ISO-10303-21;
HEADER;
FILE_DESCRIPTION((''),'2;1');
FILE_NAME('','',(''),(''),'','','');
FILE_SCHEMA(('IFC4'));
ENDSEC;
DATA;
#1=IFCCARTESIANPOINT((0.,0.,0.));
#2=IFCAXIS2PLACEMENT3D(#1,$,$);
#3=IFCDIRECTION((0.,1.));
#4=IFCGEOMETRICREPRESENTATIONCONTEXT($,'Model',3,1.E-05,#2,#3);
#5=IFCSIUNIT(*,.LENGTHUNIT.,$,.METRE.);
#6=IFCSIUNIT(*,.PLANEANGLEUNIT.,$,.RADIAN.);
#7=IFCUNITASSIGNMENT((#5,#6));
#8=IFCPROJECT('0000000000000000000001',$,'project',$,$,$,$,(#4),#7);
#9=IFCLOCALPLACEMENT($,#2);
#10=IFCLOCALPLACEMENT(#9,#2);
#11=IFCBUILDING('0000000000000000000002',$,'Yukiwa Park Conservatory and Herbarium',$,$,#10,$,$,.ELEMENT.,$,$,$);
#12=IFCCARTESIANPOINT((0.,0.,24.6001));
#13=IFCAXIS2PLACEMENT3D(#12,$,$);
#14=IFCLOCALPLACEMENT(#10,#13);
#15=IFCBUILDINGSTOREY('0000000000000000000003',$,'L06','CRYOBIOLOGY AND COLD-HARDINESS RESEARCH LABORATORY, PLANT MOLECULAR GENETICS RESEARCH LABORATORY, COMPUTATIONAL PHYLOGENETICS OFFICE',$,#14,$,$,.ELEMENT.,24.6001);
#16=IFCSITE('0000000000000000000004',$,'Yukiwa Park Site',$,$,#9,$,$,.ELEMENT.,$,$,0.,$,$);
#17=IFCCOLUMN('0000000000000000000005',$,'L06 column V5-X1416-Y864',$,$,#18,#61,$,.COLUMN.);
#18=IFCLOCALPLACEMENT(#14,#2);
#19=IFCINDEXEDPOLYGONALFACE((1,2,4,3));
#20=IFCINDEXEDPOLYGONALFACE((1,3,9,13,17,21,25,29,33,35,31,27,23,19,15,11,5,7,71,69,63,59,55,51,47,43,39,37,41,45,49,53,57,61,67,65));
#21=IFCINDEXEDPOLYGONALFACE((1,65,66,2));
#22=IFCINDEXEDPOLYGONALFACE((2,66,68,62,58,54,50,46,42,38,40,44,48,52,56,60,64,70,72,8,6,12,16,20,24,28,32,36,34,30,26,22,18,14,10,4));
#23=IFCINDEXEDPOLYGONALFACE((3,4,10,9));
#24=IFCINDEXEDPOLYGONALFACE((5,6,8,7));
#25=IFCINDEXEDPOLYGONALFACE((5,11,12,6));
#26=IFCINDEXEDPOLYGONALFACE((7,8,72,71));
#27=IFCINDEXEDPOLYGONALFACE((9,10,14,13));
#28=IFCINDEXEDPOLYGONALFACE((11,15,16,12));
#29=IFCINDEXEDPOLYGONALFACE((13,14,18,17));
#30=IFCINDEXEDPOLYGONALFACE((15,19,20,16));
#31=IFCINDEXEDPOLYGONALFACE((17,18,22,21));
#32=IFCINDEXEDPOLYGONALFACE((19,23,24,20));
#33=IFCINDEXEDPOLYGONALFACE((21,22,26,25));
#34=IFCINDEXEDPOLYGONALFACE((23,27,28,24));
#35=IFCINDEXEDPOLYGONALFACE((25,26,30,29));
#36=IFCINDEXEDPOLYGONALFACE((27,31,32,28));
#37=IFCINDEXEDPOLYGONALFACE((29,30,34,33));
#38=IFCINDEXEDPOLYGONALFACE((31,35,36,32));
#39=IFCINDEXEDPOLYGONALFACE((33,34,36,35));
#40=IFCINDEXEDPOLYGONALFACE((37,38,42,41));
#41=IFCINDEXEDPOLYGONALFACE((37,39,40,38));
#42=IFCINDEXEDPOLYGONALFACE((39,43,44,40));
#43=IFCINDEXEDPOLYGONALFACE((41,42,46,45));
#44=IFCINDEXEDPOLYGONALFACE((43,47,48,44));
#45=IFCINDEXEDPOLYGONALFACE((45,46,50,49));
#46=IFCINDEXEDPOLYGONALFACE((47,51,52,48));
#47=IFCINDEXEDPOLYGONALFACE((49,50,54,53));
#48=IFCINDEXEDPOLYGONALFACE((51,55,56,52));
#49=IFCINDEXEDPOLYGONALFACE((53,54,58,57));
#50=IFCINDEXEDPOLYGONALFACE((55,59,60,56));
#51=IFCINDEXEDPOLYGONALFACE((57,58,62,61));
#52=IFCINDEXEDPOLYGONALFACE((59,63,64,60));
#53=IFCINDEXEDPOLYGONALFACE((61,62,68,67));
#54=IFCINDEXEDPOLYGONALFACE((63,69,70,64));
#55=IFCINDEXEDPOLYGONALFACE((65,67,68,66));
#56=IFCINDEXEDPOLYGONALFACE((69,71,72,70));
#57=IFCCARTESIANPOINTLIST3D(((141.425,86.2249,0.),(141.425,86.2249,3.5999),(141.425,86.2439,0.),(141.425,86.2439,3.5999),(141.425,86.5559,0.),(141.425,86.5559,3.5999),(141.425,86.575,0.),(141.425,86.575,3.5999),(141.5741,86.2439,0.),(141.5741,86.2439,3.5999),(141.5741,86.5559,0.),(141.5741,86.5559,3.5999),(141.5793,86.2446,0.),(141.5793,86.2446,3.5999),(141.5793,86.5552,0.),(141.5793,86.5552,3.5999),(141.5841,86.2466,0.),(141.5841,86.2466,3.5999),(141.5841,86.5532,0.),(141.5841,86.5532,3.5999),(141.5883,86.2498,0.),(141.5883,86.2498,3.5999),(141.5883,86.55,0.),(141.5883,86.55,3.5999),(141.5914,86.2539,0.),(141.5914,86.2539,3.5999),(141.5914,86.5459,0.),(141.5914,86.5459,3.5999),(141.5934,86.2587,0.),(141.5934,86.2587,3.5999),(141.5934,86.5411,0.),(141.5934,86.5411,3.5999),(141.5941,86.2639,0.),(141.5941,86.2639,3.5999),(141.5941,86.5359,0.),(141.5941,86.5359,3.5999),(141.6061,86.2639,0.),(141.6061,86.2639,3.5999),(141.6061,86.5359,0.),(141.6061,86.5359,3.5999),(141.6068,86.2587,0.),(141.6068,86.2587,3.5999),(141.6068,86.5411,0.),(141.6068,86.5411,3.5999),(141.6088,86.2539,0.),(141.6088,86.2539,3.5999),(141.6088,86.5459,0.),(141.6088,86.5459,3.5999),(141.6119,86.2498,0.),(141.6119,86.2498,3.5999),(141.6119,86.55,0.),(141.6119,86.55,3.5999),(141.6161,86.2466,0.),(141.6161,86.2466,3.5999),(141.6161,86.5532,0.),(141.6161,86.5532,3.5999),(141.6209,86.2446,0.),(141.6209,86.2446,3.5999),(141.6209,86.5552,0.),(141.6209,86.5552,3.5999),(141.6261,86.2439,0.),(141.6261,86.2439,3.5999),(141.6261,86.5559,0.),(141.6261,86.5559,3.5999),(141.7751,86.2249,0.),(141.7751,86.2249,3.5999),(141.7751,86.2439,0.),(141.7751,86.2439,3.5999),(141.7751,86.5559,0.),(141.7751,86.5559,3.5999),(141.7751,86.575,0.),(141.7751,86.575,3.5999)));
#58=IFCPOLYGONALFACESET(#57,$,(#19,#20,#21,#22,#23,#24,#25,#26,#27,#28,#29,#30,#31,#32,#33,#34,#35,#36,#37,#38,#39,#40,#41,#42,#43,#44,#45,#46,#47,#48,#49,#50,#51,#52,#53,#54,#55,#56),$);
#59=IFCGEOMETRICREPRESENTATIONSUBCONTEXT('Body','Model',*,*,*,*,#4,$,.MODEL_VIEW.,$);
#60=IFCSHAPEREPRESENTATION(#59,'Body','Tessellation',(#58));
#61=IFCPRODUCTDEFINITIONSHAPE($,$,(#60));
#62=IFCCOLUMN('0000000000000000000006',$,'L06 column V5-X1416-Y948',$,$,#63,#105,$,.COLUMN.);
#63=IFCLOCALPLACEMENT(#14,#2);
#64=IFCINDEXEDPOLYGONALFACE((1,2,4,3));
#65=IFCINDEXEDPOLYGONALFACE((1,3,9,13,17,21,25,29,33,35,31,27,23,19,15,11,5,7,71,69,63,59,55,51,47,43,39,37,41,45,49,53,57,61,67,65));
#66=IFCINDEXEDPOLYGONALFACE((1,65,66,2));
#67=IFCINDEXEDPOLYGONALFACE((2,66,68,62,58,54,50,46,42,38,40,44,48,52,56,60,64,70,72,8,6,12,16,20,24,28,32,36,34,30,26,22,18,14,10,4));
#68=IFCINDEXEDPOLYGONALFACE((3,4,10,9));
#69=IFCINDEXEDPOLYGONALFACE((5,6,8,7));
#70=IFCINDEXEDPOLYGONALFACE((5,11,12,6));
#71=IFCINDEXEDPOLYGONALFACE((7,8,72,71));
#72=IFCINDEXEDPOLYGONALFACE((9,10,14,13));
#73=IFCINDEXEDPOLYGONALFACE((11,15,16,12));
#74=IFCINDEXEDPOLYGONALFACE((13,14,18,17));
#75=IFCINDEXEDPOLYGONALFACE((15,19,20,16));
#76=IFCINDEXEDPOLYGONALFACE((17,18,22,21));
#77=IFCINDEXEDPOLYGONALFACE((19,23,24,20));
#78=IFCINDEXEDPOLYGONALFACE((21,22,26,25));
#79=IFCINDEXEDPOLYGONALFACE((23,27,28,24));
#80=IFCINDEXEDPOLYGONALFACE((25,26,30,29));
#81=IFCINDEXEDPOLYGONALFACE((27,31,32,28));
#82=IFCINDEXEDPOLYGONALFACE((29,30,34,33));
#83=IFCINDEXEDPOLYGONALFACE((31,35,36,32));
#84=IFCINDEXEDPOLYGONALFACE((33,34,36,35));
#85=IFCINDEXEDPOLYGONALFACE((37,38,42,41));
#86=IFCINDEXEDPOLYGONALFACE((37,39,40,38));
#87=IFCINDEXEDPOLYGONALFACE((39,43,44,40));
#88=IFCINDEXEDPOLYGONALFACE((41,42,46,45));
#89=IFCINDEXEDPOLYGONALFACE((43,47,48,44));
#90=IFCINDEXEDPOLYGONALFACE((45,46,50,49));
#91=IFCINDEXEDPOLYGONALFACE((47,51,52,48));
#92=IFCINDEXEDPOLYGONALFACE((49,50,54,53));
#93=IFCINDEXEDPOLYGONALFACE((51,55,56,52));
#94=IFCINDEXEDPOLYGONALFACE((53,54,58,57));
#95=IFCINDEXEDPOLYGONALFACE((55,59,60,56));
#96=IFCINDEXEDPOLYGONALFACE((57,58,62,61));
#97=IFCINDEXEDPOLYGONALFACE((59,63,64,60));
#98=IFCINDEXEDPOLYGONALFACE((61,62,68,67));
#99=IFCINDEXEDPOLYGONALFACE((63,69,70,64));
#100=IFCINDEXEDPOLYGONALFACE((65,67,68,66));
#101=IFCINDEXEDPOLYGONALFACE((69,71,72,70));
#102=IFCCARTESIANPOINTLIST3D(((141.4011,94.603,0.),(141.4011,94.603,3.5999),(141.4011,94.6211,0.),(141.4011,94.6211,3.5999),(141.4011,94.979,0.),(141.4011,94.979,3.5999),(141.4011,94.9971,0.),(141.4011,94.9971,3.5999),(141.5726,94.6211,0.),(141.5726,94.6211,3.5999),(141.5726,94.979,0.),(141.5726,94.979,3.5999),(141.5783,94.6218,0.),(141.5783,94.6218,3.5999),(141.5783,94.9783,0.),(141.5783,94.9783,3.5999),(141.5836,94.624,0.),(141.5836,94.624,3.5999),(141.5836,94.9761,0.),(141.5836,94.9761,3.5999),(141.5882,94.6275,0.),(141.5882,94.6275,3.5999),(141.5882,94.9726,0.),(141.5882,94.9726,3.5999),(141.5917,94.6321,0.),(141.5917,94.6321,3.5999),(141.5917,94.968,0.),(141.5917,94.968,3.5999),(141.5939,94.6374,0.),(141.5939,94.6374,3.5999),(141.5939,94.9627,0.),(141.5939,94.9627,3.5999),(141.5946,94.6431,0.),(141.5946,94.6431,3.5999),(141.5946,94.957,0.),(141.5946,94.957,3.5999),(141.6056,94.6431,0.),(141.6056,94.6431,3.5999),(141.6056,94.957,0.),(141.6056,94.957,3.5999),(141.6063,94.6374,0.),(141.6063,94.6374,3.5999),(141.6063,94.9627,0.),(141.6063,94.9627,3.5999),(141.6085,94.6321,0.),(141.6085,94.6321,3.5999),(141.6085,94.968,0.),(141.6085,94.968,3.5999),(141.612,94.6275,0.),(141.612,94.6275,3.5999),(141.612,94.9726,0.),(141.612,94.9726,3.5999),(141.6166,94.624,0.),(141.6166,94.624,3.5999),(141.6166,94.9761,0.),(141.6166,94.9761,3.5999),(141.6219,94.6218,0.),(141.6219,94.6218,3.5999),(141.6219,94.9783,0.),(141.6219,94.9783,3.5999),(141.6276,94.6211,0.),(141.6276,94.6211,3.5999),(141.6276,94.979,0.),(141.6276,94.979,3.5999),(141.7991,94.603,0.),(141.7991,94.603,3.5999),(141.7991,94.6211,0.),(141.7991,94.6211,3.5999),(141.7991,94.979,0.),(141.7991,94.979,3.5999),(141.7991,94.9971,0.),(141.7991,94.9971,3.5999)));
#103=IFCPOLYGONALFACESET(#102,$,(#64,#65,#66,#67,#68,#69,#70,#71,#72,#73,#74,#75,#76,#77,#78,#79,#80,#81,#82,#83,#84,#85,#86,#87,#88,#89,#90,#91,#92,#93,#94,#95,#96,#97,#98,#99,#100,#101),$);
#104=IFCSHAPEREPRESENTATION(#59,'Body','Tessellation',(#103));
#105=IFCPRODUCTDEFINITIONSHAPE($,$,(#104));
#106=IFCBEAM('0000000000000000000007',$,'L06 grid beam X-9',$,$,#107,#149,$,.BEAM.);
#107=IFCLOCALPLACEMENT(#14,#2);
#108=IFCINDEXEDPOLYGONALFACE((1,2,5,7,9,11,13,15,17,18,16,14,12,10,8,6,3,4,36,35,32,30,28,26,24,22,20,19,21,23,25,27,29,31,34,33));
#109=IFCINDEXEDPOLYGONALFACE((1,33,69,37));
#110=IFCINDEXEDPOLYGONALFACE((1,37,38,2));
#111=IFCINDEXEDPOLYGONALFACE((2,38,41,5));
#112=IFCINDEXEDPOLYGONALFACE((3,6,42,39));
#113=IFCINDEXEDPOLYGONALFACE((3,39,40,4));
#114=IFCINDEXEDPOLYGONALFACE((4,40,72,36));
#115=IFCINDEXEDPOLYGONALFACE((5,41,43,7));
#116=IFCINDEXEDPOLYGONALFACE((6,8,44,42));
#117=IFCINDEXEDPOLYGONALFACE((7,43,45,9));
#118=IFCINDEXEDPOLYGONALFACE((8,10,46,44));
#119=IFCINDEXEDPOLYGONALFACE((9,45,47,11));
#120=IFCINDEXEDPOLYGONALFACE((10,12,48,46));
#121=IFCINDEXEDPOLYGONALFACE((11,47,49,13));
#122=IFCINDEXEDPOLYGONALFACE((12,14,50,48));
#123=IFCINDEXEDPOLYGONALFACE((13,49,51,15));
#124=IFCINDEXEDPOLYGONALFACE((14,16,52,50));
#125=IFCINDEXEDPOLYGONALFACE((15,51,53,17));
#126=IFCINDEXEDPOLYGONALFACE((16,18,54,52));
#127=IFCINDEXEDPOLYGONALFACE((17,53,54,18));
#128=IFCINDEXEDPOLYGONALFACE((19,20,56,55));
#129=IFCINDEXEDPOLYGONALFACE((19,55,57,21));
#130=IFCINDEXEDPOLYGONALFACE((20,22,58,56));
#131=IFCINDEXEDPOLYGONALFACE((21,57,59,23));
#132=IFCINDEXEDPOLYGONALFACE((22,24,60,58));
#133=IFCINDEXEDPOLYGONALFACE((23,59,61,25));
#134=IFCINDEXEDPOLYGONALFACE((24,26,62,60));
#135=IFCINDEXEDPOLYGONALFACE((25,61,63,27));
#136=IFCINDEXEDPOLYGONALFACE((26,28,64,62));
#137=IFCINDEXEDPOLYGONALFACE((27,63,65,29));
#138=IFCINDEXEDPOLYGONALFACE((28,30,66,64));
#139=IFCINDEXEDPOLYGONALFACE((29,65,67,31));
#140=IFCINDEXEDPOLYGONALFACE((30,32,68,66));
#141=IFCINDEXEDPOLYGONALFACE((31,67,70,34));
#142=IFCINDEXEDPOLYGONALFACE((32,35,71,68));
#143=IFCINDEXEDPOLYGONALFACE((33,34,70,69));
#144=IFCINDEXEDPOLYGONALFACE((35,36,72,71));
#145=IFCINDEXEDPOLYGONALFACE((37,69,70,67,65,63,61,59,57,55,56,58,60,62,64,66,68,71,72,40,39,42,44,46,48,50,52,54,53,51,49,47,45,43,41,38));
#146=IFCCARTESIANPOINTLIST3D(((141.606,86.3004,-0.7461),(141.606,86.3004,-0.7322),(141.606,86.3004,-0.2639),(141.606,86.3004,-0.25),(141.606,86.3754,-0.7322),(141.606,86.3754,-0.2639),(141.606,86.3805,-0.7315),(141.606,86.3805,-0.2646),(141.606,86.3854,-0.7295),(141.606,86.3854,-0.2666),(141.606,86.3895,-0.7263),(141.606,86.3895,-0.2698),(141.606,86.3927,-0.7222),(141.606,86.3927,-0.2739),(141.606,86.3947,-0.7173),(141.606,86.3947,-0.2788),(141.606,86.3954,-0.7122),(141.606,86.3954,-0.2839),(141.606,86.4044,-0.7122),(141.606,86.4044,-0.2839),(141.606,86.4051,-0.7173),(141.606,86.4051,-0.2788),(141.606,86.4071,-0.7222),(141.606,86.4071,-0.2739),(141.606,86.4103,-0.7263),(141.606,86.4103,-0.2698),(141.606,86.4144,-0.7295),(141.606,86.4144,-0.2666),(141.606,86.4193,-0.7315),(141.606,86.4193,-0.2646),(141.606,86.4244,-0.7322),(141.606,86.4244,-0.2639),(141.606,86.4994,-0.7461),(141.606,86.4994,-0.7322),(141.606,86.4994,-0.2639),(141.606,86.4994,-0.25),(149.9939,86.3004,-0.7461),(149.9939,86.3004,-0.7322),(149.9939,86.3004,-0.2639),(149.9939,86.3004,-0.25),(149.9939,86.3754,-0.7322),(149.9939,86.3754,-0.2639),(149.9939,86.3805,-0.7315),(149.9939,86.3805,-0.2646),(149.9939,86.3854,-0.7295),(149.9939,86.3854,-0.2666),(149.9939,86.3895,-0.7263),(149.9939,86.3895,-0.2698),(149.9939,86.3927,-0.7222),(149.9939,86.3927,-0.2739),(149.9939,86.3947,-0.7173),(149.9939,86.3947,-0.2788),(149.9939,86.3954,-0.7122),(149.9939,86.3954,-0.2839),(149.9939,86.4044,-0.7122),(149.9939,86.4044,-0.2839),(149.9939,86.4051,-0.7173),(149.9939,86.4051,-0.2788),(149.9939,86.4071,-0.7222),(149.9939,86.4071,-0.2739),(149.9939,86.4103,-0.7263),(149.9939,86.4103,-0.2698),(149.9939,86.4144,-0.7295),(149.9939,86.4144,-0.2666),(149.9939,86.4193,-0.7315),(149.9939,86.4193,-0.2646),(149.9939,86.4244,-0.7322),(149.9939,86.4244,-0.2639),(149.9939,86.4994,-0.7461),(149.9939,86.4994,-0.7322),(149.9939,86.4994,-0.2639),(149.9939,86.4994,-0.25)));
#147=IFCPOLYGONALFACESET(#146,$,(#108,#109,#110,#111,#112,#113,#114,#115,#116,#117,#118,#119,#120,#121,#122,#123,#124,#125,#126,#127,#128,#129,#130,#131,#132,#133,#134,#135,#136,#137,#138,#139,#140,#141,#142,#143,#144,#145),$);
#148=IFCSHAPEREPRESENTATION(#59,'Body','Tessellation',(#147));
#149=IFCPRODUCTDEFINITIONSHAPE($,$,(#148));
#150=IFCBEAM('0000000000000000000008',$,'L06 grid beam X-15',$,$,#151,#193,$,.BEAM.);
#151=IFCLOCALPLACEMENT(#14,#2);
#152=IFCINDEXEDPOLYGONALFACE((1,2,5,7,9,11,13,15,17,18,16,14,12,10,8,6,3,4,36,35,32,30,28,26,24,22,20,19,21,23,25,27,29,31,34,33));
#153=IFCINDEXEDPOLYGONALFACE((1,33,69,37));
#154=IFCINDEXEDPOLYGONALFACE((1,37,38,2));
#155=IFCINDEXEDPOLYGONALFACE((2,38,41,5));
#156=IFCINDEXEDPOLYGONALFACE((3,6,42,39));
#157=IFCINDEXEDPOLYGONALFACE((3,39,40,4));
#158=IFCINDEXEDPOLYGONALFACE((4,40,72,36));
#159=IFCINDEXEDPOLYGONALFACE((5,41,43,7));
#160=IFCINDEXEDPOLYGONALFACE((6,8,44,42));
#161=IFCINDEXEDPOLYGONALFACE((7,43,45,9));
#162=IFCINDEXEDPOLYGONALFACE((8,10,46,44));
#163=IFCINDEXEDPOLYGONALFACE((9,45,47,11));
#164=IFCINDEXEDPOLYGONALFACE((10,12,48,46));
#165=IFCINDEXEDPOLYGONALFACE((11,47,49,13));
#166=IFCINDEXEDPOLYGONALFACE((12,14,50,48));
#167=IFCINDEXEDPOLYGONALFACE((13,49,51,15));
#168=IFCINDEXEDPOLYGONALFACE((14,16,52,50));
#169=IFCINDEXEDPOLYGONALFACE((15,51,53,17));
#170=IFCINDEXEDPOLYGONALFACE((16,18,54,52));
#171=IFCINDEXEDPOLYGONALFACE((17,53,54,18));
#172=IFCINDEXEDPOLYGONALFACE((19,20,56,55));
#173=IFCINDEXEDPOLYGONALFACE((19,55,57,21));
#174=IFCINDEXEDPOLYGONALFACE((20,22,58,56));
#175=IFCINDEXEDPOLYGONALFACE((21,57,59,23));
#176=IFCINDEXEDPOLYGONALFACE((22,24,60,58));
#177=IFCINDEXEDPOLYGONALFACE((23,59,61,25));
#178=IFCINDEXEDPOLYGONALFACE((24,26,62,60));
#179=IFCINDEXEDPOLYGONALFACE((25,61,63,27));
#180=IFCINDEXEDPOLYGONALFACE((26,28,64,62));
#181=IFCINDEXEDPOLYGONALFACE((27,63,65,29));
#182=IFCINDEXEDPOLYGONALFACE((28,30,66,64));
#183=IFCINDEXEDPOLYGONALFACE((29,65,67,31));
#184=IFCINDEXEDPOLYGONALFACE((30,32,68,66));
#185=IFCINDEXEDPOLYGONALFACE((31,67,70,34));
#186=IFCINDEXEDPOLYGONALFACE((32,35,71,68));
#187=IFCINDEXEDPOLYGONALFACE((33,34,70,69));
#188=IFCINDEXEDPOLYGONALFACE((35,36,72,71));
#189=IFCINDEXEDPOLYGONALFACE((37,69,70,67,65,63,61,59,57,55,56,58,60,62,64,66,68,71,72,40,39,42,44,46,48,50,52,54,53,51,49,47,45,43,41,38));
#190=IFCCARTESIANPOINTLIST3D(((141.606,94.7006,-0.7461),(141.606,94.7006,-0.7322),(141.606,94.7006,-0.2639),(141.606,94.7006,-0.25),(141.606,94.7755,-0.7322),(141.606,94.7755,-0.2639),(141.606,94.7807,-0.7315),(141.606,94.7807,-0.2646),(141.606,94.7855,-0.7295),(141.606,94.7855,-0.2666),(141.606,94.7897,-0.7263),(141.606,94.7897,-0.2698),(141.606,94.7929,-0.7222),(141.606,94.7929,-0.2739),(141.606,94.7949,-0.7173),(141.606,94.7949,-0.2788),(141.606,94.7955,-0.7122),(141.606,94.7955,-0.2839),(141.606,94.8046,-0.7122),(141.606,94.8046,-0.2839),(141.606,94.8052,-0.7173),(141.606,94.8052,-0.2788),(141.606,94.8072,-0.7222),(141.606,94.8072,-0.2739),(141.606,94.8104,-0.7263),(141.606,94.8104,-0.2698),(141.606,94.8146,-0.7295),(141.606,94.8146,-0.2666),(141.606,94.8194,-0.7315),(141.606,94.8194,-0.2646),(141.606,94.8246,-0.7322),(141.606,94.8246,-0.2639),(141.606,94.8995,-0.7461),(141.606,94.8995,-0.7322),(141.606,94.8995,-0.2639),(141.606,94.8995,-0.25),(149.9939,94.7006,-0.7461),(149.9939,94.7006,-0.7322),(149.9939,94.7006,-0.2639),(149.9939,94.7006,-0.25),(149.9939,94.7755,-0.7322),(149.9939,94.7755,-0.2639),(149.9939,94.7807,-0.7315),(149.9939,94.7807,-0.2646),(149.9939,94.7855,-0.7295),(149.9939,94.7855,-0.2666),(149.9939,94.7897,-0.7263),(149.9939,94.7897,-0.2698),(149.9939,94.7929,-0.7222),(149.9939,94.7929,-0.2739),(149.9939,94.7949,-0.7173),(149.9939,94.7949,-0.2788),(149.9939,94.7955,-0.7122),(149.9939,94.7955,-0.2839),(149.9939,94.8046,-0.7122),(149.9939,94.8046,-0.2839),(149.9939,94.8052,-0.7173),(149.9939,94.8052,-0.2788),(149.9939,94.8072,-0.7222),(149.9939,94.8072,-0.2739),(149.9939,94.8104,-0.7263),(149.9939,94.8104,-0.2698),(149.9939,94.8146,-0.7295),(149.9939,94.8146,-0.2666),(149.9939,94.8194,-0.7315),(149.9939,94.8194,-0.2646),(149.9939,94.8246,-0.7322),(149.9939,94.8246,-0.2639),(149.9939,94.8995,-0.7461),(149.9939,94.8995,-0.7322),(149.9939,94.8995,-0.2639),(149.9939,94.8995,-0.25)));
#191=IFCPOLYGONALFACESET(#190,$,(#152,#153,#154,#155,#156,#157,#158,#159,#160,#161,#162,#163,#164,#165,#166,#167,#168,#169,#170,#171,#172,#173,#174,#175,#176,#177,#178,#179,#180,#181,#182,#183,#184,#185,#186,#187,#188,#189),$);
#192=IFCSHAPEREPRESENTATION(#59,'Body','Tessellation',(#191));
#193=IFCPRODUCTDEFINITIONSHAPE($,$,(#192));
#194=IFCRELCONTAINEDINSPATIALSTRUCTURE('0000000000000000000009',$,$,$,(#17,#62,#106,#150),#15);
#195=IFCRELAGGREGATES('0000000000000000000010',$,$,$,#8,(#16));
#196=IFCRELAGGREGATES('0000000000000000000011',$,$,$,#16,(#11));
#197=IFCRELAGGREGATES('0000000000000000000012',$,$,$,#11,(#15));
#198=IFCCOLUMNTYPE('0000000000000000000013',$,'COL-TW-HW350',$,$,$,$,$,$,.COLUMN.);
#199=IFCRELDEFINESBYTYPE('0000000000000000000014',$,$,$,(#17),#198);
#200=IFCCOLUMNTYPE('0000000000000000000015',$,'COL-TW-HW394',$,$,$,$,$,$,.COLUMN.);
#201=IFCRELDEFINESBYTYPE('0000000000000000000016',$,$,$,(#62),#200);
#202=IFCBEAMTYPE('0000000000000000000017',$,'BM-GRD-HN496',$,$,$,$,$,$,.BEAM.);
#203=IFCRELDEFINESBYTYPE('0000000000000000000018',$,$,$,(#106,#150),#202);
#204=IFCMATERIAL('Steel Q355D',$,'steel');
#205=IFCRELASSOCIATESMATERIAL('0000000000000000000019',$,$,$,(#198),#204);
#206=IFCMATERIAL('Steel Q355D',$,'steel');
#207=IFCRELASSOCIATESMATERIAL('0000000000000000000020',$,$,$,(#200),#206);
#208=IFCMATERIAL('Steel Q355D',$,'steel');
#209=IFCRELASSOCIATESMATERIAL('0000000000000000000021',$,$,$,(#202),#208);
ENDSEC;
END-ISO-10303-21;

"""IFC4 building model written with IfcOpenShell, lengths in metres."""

from ifc_helpers import new_model, si_unit, direction, frame, origin, origin_2d, place, context, subcontext, project, spatial, i_section, extrude, material, material_profile, profile_set, type_object, element, save


model = new_model("IFC4")

# Units and contexts
model_context = context("Model", 3, precision=1e-05, world=origin(), true_north=direction((0.0, 1.0)))
body_context = subcontext(model_context, "Body", "Model", "MODEL_VIEW")
ifc_project = project(units=[si_unit("LENGTHUNIT", "METRE"), si_unit("PLANEANGLEUNIT", "RADIAN")], contexts=[model_context])

# Site, building, storey
site_placement = place(None, origin())
site = spatial("IfcSite", under=ifc_project, at=site_placement, Name="Yukiwa Park Site", CompositionType="ELEMENT", RefElevation=0.0)
building_placement = place(site_placement, origin())
building = spatial("IfcBuilding", under=site, at=building_placement, Name="Yukiwa Park Conservatory and Herbarium", CompositionType="ELEMENT")
storey_placement = place(building_placement, frame((0.0, 0.0, 24.6001)))
storey = spatial("IfcBuildingStorey", under=building, at=storey_placement, Name="L06", Description="CRYOBIOLOGY AND COLD-HARDINESS RESEARCH LABORATORY, PLANT MOLECULAR GENETICS RESEARCH LABORATORY, COMPUTATIONAL PHYLOGENETICS OFFICE", CompositionType="ELEMENT", Elevation=24.6001)

# Columns
ifc_material_1 = material(Name="Steel Q355D", Category="steel")
ifc_material_profile_1 = material_profile(ifc_material_1, i_section(OverallWidth=0.3501, OverallDepth=0.3501, WebThickness=0.012, FlangeThickness=0.019, FilletRadius=0.02, at=origin_2d()), Name="HW 350x350x12x19")
ifc_profile_set_1 = profile_set([ifc_material_profile_1], Name="Steel Q355D")
column_type_1 = type_object("IfcColumnType", Name="COL-TW-HW350", PredefinedType="COLUMN", material=ifc_profile_set_1)
column_1_placement = place(storey_placement, frame((141.6001, 86.3999, 0.0), z_axis=(0.0, 0.0, 1.0), x_axis=(1.0, 0.0, 0.0)))
element("IfcColumn", 1, at=column_1_placement, inside=storey, type_object=column_type_1, Name="L06 column V5-X1416-Y864", PredefinedType="COLUMN", context=body_context, shape_type="SweptSolid", body=[
    extrude(i_section(OverallWidth=0.3501, OverallDepth=0.3501, WebThickness=0.012, FlangeThickness=0.019, FilletRadius=0.02, at=origin_2d()), origin(), (0.0, 0.0, 1.0), 3.5999),
])
ifc_material_2 = material(Name="Steel Q355D", Category="steel")
ifc_material_profile_2 = material_profile(ifc_material_2, i_section(OverallWidth=0.3979, OverallDepth=0.394, WebThickness=0.011, FlangeThickness=0.0181, FilletRadius=0.022, at=origin_2d()), Name="HW 394x398x11x18")
ifc_profile_set_2 = profile_set([ifc_material_profile_2], Name="Steel Q355D")
column_type_2 = type_object("IfcColumnType", Name="COL-TW-HW394", PredefinedType="COLUMN", material=ifc_profile_set_2)
column_2_placement = place(storey_placement, frame((141.6001, 94.8, 0.0), z_axis=(0.0, 0.0, 1.0), x_axis=(1.0, 0.0, 0.0)))
element("IfcColumn", 2, at=column_2_placement, inside=storey, type_object=column_type_2, Name="L06 column V5-X1416-Y948", PredefinedType="COLUMN", context=body_context, shape_type="SweptSolid", body=[
    extrude(i_section(OverallWidth=0.3979, OverallDepth=0.394, WebThickness=0.011, FlangeThickness=0.0181, FilletRadius=0.022, at=origin_2d()), origin(), (0.0, 0.0, 1.0), 3.5999),
])

# Beams
ifc_material_3 = material(Name="Steel Q355D", Category="steel")
ifc_material_profile_3 = material_profile(ifc_material_3, i_section(OverallWidth=0.199, OverallDepth=0.4961, WebThickness=0.009, FlangeThickness=0.0139, FilletRadius=0.02, at=origin_2d()), Name="HN 496x199x9x14")
ifc_profile_set_3 = profile_set([ifc_material_profile_3], Name="Steel Q355D")
beam_type_1 = type_object("IfcBeamType", Name="BM-GRD-HN496", PredefinedType="BEAM", material=ifc_profile_set_3)
for number, where, z_axis, x_axis, name in (
    (3, (141.606, 86.3999, -0.498), (1.0, 0.0, 0.0), (0.0, 1.0, 0.0), "L06 grid beam X-9"),
    (4, (141.606, 94.8, -0.498), (1.0, 0.0, 0.0), (0.0, 1.0, 0.0), "L06 grid beam X-15"),
):
    element("IfcBeam", number, at=place(storey_placement, frame(where, z_axis=z_axis, x_axis=x_axis)), inside=storey, type_object=beam_type_1, Name=name, PredefinedType="BEAM", context=body_context, shape_type="SweptSolid", body=[
        extrude(i_section(OverallWidth=0.199, OverallDepth=0.4961, WebThickness=0.009, FlangeThickness=0.0139, FilletRadius=0.02, at=origin_2d()), origin(), (0.0, 0.0, 1.0), 8.3879),
    ])

save(model, "model.ifc")
